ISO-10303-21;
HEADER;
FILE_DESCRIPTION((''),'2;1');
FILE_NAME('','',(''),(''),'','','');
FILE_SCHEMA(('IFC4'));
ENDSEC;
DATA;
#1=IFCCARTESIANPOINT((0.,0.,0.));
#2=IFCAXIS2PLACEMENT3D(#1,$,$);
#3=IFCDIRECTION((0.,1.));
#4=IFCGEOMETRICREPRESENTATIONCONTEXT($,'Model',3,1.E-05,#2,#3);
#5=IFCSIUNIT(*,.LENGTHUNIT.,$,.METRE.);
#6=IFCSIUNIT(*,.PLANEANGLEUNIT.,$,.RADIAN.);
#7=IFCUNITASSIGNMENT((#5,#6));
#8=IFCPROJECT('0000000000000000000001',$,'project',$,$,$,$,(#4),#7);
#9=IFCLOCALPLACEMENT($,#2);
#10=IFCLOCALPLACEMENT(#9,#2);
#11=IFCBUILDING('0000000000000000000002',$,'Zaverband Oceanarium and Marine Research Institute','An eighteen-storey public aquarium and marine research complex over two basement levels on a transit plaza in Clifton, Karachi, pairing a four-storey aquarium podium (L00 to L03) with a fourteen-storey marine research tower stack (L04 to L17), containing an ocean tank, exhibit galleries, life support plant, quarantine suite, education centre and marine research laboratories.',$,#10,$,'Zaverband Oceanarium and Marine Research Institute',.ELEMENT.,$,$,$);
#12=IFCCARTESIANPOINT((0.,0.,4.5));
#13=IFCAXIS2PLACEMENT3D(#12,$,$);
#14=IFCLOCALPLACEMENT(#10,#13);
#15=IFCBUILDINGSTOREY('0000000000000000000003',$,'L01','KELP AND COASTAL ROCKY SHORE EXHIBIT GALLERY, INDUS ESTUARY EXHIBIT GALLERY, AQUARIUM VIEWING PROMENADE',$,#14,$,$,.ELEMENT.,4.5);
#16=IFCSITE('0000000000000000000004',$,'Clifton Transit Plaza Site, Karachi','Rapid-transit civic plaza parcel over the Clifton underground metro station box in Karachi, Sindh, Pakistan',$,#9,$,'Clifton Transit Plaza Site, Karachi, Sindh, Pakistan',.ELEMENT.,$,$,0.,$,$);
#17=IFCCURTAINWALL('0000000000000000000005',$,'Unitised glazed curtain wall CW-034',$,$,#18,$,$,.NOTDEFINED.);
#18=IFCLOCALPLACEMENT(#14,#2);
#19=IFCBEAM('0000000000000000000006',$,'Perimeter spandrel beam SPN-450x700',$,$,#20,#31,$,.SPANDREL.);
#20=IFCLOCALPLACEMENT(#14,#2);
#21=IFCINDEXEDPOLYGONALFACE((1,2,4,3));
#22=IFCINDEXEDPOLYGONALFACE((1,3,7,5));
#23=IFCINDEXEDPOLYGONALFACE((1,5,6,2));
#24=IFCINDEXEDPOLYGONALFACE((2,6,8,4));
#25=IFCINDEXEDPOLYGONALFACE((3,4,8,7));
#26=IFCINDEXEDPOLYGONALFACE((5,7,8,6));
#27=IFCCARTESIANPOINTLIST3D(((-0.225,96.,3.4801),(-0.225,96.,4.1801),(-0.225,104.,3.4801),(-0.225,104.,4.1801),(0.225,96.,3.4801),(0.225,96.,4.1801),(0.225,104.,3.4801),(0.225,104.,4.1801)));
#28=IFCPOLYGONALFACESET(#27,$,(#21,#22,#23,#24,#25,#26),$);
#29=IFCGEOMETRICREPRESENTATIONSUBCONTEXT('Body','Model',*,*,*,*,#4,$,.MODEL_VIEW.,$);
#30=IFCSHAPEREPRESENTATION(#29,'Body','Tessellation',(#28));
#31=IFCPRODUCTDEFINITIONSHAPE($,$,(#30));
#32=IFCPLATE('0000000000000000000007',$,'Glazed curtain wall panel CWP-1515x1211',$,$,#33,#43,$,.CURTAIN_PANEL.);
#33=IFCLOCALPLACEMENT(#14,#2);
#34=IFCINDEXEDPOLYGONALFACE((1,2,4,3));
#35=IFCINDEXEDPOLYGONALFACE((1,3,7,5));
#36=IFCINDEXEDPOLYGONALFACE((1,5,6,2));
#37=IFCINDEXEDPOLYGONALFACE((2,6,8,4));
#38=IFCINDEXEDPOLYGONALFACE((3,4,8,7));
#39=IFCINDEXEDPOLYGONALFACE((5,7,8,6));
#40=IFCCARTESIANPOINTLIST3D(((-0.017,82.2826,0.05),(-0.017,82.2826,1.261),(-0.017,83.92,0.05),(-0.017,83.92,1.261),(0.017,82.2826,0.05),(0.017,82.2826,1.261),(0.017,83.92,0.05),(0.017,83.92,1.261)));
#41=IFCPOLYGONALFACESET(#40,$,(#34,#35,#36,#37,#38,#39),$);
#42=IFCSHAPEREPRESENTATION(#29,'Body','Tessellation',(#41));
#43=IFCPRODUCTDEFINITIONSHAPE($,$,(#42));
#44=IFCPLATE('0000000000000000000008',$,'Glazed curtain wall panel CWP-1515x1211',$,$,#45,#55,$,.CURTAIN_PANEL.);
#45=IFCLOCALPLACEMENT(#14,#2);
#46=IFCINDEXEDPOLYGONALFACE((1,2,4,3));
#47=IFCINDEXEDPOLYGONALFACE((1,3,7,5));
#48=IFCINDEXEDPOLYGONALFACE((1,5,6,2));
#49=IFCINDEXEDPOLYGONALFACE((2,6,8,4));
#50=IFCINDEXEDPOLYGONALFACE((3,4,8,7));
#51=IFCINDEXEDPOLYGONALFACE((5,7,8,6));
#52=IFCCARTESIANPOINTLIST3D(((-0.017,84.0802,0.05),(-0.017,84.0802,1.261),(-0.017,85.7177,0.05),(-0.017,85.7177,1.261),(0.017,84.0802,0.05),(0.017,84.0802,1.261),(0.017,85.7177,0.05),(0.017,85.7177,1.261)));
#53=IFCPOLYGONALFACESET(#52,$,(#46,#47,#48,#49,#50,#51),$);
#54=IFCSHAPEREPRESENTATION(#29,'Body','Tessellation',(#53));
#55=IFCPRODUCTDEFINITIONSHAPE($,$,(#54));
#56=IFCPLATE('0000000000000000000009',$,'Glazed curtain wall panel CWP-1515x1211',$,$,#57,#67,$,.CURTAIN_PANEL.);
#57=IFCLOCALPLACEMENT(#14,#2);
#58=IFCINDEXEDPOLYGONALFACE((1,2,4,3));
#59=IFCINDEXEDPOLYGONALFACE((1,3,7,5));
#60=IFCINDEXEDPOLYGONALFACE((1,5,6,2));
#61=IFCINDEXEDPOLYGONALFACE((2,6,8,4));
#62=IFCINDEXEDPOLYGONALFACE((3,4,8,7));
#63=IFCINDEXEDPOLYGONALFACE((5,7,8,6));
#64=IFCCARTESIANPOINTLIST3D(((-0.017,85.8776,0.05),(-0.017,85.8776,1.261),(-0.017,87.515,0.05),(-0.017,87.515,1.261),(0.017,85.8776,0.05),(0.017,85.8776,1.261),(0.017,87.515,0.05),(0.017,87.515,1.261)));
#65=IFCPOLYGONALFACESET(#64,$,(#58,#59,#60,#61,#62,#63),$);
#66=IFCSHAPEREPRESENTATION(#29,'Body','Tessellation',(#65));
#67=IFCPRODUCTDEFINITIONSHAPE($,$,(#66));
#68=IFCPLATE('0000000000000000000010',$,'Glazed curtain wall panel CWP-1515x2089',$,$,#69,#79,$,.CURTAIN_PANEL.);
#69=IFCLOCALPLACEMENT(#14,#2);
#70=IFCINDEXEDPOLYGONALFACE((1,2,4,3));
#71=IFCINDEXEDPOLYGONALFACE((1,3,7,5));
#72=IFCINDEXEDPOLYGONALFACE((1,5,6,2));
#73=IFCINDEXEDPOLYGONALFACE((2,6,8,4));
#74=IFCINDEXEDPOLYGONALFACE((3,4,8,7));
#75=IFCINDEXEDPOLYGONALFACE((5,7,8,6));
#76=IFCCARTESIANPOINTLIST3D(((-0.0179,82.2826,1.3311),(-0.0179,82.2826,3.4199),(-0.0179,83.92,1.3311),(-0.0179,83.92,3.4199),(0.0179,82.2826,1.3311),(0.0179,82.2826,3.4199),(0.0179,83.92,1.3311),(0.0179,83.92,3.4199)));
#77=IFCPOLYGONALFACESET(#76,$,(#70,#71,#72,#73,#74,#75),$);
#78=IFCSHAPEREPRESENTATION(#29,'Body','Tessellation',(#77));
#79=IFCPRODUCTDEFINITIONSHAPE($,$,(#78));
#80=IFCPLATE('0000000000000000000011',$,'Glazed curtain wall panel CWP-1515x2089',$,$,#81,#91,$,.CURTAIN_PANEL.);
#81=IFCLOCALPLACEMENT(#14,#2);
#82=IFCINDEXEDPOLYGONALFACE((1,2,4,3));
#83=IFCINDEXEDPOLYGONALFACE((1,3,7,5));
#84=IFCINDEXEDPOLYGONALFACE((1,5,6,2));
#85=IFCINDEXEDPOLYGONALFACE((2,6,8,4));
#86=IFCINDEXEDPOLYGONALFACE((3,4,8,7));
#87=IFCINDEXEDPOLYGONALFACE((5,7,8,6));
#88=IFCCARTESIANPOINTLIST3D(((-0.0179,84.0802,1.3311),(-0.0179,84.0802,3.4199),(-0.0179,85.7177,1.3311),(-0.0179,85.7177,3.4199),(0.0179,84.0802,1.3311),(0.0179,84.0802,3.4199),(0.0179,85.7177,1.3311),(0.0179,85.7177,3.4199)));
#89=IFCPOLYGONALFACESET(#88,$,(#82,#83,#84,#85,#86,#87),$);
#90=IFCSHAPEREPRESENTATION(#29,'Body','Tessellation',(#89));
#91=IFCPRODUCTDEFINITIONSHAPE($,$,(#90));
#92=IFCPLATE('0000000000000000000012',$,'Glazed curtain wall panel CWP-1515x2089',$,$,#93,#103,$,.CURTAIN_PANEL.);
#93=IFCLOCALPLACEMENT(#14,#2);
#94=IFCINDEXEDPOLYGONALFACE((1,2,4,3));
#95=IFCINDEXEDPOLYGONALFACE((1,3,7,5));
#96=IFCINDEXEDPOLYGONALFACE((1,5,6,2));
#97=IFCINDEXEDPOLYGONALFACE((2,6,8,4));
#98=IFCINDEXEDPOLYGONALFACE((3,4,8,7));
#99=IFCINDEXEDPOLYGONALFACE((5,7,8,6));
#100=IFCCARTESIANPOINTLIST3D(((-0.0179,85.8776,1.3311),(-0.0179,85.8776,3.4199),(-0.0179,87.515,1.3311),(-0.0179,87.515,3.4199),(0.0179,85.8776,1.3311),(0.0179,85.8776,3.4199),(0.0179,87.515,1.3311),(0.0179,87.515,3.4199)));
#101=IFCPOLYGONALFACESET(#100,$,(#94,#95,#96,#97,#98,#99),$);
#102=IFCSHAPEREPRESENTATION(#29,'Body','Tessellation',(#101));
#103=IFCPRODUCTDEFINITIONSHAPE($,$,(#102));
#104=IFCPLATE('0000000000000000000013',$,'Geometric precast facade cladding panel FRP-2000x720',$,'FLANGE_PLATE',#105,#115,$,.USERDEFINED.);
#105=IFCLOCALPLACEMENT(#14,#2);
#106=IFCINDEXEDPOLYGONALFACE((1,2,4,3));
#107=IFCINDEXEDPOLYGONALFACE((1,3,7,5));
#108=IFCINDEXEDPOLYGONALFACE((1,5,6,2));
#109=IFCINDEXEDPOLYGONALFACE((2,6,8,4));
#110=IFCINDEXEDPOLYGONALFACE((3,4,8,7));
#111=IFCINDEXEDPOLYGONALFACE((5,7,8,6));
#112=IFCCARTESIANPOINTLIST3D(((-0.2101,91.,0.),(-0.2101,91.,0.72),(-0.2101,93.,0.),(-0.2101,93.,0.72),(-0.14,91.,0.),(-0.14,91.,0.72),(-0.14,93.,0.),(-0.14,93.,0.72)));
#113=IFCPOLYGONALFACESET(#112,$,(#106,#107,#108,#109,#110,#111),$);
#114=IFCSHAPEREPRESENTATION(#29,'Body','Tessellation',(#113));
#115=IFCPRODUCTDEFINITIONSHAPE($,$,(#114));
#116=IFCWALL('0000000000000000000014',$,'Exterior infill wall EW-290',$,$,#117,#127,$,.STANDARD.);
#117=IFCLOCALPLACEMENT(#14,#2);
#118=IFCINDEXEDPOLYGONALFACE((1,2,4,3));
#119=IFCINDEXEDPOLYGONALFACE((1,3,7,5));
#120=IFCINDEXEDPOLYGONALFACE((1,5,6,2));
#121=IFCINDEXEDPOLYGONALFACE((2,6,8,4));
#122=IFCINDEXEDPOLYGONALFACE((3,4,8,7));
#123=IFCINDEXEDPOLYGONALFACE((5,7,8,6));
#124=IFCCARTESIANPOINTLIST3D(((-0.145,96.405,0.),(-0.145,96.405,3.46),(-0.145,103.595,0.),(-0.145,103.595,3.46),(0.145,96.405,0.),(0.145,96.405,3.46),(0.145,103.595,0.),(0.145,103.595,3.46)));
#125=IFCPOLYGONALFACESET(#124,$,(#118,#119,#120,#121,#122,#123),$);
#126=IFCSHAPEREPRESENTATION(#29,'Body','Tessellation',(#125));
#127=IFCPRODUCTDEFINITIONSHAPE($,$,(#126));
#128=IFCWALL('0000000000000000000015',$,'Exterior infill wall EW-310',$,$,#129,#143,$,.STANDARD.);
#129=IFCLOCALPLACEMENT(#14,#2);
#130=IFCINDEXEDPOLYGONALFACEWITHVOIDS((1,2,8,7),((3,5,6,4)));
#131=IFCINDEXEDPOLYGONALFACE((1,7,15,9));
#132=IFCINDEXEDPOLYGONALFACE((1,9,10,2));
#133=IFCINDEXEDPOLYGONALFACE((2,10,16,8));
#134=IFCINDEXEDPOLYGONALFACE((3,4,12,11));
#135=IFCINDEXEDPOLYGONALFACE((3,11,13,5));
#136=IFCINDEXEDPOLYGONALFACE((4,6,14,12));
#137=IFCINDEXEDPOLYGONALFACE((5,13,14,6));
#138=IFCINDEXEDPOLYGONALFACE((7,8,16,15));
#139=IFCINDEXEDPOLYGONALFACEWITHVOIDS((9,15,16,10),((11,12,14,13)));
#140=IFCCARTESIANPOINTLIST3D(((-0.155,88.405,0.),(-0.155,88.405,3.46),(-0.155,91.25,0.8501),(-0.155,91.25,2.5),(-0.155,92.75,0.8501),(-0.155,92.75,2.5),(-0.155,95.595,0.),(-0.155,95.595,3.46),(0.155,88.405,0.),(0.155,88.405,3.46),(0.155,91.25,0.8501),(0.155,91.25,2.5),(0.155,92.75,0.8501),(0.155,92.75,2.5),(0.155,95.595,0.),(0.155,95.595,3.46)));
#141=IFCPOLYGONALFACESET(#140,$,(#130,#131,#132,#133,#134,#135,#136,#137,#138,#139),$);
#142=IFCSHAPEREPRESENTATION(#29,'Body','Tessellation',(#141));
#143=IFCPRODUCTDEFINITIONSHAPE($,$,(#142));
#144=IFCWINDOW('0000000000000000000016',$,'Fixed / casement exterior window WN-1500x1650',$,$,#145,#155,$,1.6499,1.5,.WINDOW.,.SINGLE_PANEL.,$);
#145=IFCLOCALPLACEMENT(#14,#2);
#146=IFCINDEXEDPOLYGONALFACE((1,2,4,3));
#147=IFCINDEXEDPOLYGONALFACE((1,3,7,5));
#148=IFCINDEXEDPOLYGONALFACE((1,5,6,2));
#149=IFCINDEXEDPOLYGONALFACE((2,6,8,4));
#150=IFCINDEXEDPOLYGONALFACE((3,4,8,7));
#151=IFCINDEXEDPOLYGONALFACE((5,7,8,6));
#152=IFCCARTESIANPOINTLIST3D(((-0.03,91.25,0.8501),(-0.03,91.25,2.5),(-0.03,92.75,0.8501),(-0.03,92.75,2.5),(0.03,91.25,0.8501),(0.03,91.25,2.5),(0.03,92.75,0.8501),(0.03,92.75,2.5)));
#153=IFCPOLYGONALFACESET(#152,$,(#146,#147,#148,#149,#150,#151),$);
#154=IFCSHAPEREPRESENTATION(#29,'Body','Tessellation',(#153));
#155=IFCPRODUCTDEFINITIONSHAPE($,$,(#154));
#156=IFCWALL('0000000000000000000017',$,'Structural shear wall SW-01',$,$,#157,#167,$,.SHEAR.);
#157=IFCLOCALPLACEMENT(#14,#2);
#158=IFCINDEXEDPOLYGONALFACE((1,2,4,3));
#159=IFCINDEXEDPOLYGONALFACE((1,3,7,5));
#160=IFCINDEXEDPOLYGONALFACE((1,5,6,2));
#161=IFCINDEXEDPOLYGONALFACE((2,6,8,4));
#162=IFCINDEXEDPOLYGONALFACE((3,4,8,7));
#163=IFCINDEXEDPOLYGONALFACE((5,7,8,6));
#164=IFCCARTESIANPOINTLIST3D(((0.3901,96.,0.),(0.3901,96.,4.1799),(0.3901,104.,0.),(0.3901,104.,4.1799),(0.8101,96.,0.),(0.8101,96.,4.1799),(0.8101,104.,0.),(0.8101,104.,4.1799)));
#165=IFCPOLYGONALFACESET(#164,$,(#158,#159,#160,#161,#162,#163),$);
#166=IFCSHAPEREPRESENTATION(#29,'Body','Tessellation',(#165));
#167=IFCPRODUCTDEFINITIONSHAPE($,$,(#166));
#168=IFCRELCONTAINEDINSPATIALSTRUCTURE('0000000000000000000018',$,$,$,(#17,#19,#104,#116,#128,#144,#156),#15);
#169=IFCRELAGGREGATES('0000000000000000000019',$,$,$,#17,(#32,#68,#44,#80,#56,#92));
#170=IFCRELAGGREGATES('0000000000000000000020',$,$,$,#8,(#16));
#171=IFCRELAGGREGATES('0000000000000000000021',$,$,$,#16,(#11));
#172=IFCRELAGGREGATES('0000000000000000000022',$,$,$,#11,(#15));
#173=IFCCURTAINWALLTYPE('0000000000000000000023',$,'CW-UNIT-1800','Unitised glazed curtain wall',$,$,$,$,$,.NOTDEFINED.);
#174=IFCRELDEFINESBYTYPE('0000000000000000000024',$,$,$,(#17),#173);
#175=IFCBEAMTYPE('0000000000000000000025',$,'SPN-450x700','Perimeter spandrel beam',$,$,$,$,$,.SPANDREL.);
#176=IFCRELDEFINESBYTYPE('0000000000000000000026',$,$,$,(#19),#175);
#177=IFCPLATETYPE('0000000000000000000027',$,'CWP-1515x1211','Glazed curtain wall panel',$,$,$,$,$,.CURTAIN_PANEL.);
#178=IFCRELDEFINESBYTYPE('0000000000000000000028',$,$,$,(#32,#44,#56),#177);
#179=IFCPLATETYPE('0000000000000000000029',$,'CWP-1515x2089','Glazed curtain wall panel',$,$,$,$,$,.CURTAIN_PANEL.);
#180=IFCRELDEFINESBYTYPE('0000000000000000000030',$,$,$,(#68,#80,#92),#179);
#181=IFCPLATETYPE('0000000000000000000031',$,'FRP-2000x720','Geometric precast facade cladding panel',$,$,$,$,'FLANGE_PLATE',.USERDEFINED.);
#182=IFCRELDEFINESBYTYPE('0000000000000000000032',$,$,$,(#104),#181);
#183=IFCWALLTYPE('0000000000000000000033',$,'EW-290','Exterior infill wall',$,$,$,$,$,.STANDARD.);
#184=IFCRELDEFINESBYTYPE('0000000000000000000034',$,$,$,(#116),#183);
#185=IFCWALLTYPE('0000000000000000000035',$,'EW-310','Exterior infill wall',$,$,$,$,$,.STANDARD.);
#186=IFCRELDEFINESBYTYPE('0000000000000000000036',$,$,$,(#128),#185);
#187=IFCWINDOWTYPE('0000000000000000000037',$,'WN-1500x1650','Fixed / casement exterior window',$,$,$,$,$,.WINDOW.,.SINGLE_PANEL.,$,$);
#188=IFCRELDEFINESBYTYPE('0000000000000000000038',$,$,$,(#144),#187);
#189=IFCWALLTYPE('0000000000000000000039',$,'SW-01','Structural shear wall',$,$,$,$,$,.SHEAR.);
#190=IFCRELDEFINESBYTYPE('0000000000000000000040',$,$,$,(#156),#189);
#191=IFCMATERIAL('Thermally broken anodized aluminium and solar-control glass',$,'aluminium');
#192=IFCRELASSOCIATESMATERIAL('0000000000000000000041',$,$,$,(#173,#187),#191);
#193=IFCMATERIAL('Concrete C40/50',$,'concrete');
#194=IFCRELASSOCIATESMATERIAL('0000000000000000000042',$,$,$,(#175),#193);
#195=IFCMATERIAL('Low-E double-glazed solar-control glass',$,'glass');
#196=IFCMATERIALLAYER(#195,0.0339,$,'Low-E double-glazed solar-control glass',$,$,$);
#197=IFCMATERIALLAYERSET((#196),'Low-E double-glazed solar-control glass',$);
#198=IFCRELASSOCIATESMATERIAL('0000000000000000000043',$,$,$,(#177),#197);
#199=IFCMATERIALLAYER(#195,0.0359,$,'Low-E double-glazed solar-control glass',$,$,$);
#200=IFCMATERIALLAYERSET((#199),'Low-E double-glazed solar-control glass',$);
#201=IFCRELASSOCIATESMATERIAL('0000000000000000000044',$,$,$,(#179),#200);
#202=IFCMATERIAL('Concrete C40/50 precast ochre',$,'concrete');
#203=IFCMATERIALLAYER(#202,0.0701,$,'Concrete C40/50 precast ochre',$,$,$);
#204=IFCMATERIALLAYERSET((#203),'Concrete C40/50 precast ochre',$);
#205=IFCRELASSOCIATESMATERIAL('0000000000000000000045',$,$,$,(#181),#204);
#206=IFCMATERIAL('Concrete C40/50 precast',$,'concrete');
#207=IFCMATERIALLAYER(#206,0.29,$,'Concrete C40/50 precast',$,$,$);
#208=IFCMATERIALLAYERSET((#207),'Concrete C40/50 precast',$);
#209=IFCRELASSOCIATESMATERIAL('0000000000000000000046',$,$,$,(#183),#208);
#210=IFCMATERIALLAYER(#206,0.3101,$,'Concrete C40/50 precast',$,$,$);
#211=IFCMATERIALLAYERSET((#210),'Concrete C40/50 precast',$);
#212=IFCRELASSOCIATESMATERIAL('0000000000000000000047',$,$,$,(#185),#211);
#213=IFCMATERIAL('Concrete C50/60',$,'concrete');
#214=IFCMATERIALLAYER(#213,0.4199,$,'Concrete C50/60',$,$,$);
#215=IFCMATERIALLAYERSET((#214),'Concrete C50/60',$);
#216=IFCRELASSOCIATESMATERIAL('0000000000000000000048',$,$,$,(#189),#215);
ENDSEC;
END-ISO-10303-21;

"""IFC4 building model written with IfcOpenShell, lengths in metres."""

from ifc_helpers import new_model, si_unit, direction, frame, frame_2d, origin, origin_2d, place, context, subcontext, project, spatial, rectangle, extrude, material, layer, layer_set, material_profile, profile_set, type_object, element, fill, aggregate, save


model = new_model("IFC4")

# Units and contexts
model_context = context("Model", 3, precision=1e-05, world=origin(), true_north=direction((0.0, 1.0)))
body_context = subcontext(model_context, "Body", "Model", "MODEL_VIEW")
ifc_project = project(units=[si_unit("LENGTHUNIT", "METRE"), si_unit("PLANEANGLEUNIT", "RADIAN")], contexts=[model_context])

# Site, building, storey
site_placement = place(None, origin())
site = spatial("IfcSite", under=ifc_project, at=site_placement, Name="Clifton Transit Plaza Site, Karachi", Description="Rapid-transit civic plaza parcel over the Clifton underground metro station box in Karachi, Sindh, Pakistan", LongName="Clifton Transit Plaza Site, Karachi, Sindh, Pakistan", CompositionType="ELEMENT", RefElevation=0.0)
building_placement = place(site_placement, origin())
building = spatial("IfcBuilding", under=site, at=building_placement, Name="Zaverband Oceanarium and Marine Research Institute", Description="An eighteen-storey public aquarium and marine research complex over two basement levels on a transit plaza in Clifton, Karachi, pairing a four-storey aquarium podium (L00 to L03) with a fourteen-storey marine research tower stack (L04 to L17), containing an ocean tank, exhibit galleries, life support plant, quarantine suite, education centre and marine research laboratories.", LongName="Zaverband Oceanarium and Marine Research Institute", CompositionType="ELEMENT")
storey_placement = place(building_placement, frame((0.0, 0.0, 4.5)))
storey = spatial("IfcBuildingStorey", under=building, at=storey_placement, Name="L01", Description="KELP AND COASTAL ROCKY SHORE EXHIBIT GALLERY, INDUS ESTUARY EXHIBIT GALLERY, AQUARIUM VIEWING PROMENADE", CompositionType="ELEMENT", Elevation=4.5)

# Shared definitions
ifc_material_1 = material(Name="Concrete C50/60", Category="concrete")

# Shared definitions
ifc_material_2 = material(Name="Concrete C40/50", Category="concrete")

# Curtain wall
ifc_material_3 = material(Name="Thermally broken anodized aluminium and solar-control glass", Category="aluminium")
curtain_wall_type = type_object("IfcCurtainWallType", Name="CW-UNIT-1800", Description="Unitised glazed curtain wall", PredefinedType="NOTDEFINED", material=ifc_material_3)
curtain_wall_placement = place(storey_placement, origin())
curtain_wall = element("IfcCurtainWall", 1, at=curtain_wall_placement, inside=storey, type_object=curtain_wall_type, Name="Unitised glazed curtain wall CW-034", PredefinedType="NOTDEFINED")

# Beam
ifc_material_profile_1 = material_profile(ifc_material_2, rectangle(XDim=0.45, YDim=0.7, at=origin_2d()), Name="RC450x700")
ifc_profile_set_1 = profile_set([ifc_material_profile_1], Name="Concrete C40/50")
beam_type_1 = type_object("IfcBeamType", Name="SPN-450x700", Description="Perimeter spandrel beam", PredefinedType="SPANDREL", material=ifc_profile_set_1)
for number, where, z_axis, x_axis, name in (
    (2, (0.0, 96.0, 3.8301), (0.0, 1.0, 0.0), (-1.0, 0.0, 0.0), "Perimeter spandrel beam SPN-450x700"),
):
    element("IfcBeam", number, at=place(storey_placement, frame(where, z_axis=z_axis, x_axis=x_axis)), inside=storey, type_object=beam_type_1, Name=name, PredefinedType="SPANDREL", context=body_context, shape_type="SweptSolid", body=[
        extrude(rectangle(XDim=0.45, YDim=0.7, at=origin_2d()), origin(), (0.0, 0.0, 1.0), 8.0),
    ])

# Plates
ifc_material_4 = material(Name="Low-E double-glazed solar-control glass", Category="glass")
ifc_layer_1 = layer(ifc_material_4, 0.0339, Name="Low-E double-glazed solar-control glass")
ifc_layer_set_1 = layer_set([ifc_layer_1], Name="Low-E double-glazed solar-control glass")
plate_type_1 = type_object("IfcPlateType", Name="CWP-1515x1211", Description="Glazed curtain wall panel", PredefinedType="CURTAIN_PANEL", material=ifc_layer_set_1)
plate_1_placement = place(storey_placement, frame((0.0, 82.2825, 0.05), z_axis=(0.0, 0.0, 1.0), x_axis=(0.0, 1.0, 0.0)))
plate_1 = element("IfcPlate", 3, at=plate_1_placement, type_object=plate_type_1, Name="Glazed curtain wall panel CWP-1515x1211", PredefinedType="CURTAIN_PANEL", context=body_context, shape_type="SweptSolid", body=[
    extrude(rectangle(XDim=1.6375, YDim=0.0339, at=frame_2d((0.8188, 0.0))), origin(), (0.0, 0.0, 1.0), 1.2109),
])
plate_2_placement = place(storey_placement, frame((0.0, 84.0801, 0.05), z_axis=(0.0, 0.0, 1.0), x_axis=(0.0, 1.0, 0.0)))
plate_2 = element("IfcPlate", 4, at=plate_2_placement, type_object=plate_type_1, Name="Glazed curtain wall panel CWP-1515x1211", PredefinedType="CURTAIN_PANEL", context=body_context, shape_type="SweptSolid", body=[
    extrude(rectangle(XDim=1.6375, YDim=0.0339, at=frame_2d((0.8188, 0.0))), origin(), (0.0, 0.0, 1.0), 1.2109),
])
plate_3_placement = place(storey_placement, frame((0.0, 85.8774, 0.05), z_axis=(0.0, 0.0, 1.0), x_axis=(0.0, 1.0, 0.0)))
plate_3 = element("IfcPlate", 5, at=plate_3_placement, type_object=plate_type_1, Name="Glazed curtain wall panel CWP-1515x1211", PredefinedType="CURTAIN_PANEL", context=body_context, shape_type="SweptSolid", body=[
    extrude(rectangle(XDim=1.6375, YDim=0.0339, at=frame_2d((0.8188, 0.0))), origin(), (0.0, 0.0, 1.0), 1.2109),
])
ifc_layer_2 = layer(ifc_material_4, 0.0359, Name="Low-E double-glazed solar-control glass")
ifc_layer_set_2 = layer_set([ifc_layer_2], Name="Low-E double-glazed solar-control glass")
plate_type_2 = type_object("IfcPlateType", Name="CWP-1515x2089", Description="Glazed curtain wall panel", PredefinedType="CURTAIN_PANEL", material=ifc_layer_set_2)
plate_4_placement = place(storey_placement, frame((0.0, 82.2825, 1.3311), z_axis=(0.0, 0.0, 1.0), x_axis=(0.0, 1.0, 0.0)))
plate_4 = element("IfcPlate", 6, at=plate_4_placement, type_object=plate_type_2, Name="Glazed curtain wall panel CWP-1515x2089", PredefinedType="CURTAIN_PANEL", context=body_context, shape_type="SweptSolid", body=[
    extrude(rectangle(XDim=1.6375, YDim=0.0359, at=frame_2d((0.8188, 0.0))), origin(), (0.0, 0.0, 1.0), 2.0889),
])
plate_5_placement = place(storey_placement, frame((0.0, 84.0801, 1.3311), z_axis=(0.0, 0.0, 1.0), x_axis=(0.0, 1.0, 0.0)))
plate_5 = element("IfcPlate", 7, at=plate_5_placement, type_object=plate_type_2, Name="Glazed curtain wall panel CWP-1515x2089", PredefinedType="CURTAIN_PANEL", context=body_context, shape_type="SweptSolid", body=[
    extrude(rectangle(XDim=1.6375, YDim=0.0359, at=frame_2d((0.8188, 0.0))), origin(), (0.0, 0.0, 1.0), 2.0889),
])
plate_6_placement = place(storey_placement, frame((0.0, 85.8774, 1.3311), z_axis=(0.0, 0.0, 1.0), x_axis=(0.0, 1.0, 0.0)))
plate_6 = element("IfcPlate", 8, at=plate_6_placement, type_object=plate_type_2, Name="Glazed curtain wall panel CWP-1515x2089", PredefinedType="CURTAIN_PANEL", context=body_context, shape_type="SweptSolid", body=[
    extrude(rectangle(XDim=1.6375, YDim=0.0359, at=frame_2d((0.8188, 0.0))), origin(), (0.0, 0.0, 1.0), 2.0889),
])
aggregate(curtain_wall, [plate_1, plate_4, plate_2, plate_5, plate_3, plate_6])
ifc_material_5 = material(Name="Concrete C40/50 precast ochre", Category="concrete")
ifc_layer_3 = layer(ifc_material_5, 0.0701, Name="Concrete C40/50 precast ochre")
ifc_layer_set_3 = layer_set([ifc_layer_3], Name="Concrete C40/50 precast ochre")
plate_type_3 = type_object("IfcPlateType", Name="FRP-2000x720", Description="Geometric precast facade cladding panel", ElementType="FLANGE_PLATE", PredefinedType="USERDEFINED", material=ifc_layer_set_3)
plate_7_placement = place(storey_placement, frame((-0.175, 91.0, 0.0), z_axis=(0.0, 0.0, 1.0), x_axis=(0.0, 1.0, 0.0)))
element("IfcPlate", 9, at=plate_7_placement, inside=storey, type_object=plate_type_3, Name="Geometric precast facade cladding panel FRP-2000x720", ObjectType="FLANGE_PLATE", PredefinedType="USERDEFINED", context=body_context, shape_type="SweptSolid", body=[
    extrude(rectangle(XDim=2.0, YDim=0.0701, at=frame_2d((1.0, 0.0))), origin(), (0.0, 0.0, 1.0), 0.72),
])

# Wall
ifc_material_6 = material(Name="Concrete C40/50 precast", Category="concrete")
ifc_layer_4 = layer(ifc_material_6, 0.29, Name="Concrete C40/50 precast")
ifc_layer_set_4 = layer_set([ifc_layer_4], Name="Concrete C40/50 precast")
wall_type_1 = type_object("IfcWallType", Name="EW-290", Description="Exterior infill wall", PredefinedType="STANDARD", material=ifc_layer_set_4)
wall_1_placement = place(storey_placement, frame((0.0, 96.405, 0.0), z_axis=(0.0, 0.0, 1.0), x_axis=(0.0, 1.0, 0.0)))
element("IfcWall", 10, at=wall_1_placement, inside=storey, type_object=wall_type_1, Name="Exterior infill wall EW-290", PredefinedType="STANDARD", context=body_context, shape_type="SweptSolid", body=[
    extrude(rectangle(XDim=7.1899, YDim=0.29, at=frame_2d((3.595, 0.0))), origin(), (0.0, 0.0, 1.0), 3.46),
])

# Wall, opening, window
ifc_layer_5 = layer(ifc_material_6, 0.3101, Name="Concrete C40/50 precast")
ifc_layer_set_5 = layer_set([ifc_layer_5], Name="Concrete C40/50 precast")
wall_type_2 = type_object("IfcWallType", Name="EW-310", Description="Exterior infill wall", PredefinedType="STANDARD", material=ifc_layer_set_5)
wall_2_placement = place(storey_placement, frame((0.0, 88.405, 0.0), z_axis=(0.0, 0.0, 1.0), x_axis=(0.0, 1.0, 0.0)))
wall_2 = element("IfcWall", 11, at=wall_2_placement, inside=storey, type_object=wall_type_2, Name="Exterior infill wall EW-310", PredefinedType="STANDARD", context=body_context, shape_type="SweptSolid", body=[
    extrude(rectangle(XDim=7.1899, YDim=0.3101, at=frame_2d((3.595, 0.0))), origin(), (0.0, 0.0, 1.0), 3.46),
])
opening_placement = place(wall_2_placement, frame((2.845, 0.0, 0.8501)))
opening = element("IfcOpeningElement", 12, at=opening_placement, cuts=wall_2, PredefinedType="OPENING", context=body_context, shape_type="SweptSolid", body=[
    extrude(rectangle(XDim=1.5, YDim=1.6499, at=frame_2d((0.75, 0.825))), frame((0.0, 0.167, 0.0), z_axis=(0.0, -1.0, 0.0), x_axis=(1.0, 0.0, 0.0)), (0.0, 0.0, 1.0), 0.334),
])
window_type = type_object("IfcWindowType", Name="WN-1500x1650", Description="Fixed / casement exterior window", PartitioningType="SINGLE_PANEL", PredefinedType="WINDOW", material=ifc_material_3)
window_placement = place(opening_placement, origin())
window = element("IfcWindow", 13, at=window_placement, inside=storey, type_object=window_type, Name="Fixed / casement exterior window WN-1500x1650", OverallHeight=1.6499, OverallWidth=1.5, PartitioningType="SINGLE_PANEL", PredefinedType="WINDOW", context=body_context, shape_type="SweptSolid", body=[
    extrude(rectangle(XDim=1.5, YDim=1.6499, at=frame_2d((0.75, 0.825))), frame((0.0, 0.03, 0.0), z_axis=(0.0, -1.0, 0.0), x_axis=(1.0, 0.0, 0.0)), (0.0, 0.0, 1.0), 0.0601),
])
fill(opening, window)

# Wall
ifc_layer_6 = layer(ifc_material_1, 0.4199, Name="Concrete C50/60")
ifc_layer_set_6 = layer_set([ifc_layer_6], Name="Concrete C50/60")
wall_type_3 = type_object("IfcWallType", Name="SW-01", Description="Structural shear wall", PredefinedType="SHEAR", material=ifc_layer_set_6)
wall_3_placement = place(storey_placement, frame((0.6001, 96.0, 0.0), z_axis=(0.0, 0.0, 1.0), x_axis=(0.0, 1.0, 0.0)))
element("IfcWall", 14, at=wall_3_placement, inside=storey, type_object=wall_type_3, Name="Structural shear wall SW-01", PredefinedType="SHEAR", context=body_context, shape_type="SweptSolid", body=[
    extrude(rectangle(XDim=8.0, YDim=0.4199, at=frame_2d((4.0, 0.0))), origin(), (0.0, 0.0, 1.0), 4.1799),
])

save(model, "model.ifc")
